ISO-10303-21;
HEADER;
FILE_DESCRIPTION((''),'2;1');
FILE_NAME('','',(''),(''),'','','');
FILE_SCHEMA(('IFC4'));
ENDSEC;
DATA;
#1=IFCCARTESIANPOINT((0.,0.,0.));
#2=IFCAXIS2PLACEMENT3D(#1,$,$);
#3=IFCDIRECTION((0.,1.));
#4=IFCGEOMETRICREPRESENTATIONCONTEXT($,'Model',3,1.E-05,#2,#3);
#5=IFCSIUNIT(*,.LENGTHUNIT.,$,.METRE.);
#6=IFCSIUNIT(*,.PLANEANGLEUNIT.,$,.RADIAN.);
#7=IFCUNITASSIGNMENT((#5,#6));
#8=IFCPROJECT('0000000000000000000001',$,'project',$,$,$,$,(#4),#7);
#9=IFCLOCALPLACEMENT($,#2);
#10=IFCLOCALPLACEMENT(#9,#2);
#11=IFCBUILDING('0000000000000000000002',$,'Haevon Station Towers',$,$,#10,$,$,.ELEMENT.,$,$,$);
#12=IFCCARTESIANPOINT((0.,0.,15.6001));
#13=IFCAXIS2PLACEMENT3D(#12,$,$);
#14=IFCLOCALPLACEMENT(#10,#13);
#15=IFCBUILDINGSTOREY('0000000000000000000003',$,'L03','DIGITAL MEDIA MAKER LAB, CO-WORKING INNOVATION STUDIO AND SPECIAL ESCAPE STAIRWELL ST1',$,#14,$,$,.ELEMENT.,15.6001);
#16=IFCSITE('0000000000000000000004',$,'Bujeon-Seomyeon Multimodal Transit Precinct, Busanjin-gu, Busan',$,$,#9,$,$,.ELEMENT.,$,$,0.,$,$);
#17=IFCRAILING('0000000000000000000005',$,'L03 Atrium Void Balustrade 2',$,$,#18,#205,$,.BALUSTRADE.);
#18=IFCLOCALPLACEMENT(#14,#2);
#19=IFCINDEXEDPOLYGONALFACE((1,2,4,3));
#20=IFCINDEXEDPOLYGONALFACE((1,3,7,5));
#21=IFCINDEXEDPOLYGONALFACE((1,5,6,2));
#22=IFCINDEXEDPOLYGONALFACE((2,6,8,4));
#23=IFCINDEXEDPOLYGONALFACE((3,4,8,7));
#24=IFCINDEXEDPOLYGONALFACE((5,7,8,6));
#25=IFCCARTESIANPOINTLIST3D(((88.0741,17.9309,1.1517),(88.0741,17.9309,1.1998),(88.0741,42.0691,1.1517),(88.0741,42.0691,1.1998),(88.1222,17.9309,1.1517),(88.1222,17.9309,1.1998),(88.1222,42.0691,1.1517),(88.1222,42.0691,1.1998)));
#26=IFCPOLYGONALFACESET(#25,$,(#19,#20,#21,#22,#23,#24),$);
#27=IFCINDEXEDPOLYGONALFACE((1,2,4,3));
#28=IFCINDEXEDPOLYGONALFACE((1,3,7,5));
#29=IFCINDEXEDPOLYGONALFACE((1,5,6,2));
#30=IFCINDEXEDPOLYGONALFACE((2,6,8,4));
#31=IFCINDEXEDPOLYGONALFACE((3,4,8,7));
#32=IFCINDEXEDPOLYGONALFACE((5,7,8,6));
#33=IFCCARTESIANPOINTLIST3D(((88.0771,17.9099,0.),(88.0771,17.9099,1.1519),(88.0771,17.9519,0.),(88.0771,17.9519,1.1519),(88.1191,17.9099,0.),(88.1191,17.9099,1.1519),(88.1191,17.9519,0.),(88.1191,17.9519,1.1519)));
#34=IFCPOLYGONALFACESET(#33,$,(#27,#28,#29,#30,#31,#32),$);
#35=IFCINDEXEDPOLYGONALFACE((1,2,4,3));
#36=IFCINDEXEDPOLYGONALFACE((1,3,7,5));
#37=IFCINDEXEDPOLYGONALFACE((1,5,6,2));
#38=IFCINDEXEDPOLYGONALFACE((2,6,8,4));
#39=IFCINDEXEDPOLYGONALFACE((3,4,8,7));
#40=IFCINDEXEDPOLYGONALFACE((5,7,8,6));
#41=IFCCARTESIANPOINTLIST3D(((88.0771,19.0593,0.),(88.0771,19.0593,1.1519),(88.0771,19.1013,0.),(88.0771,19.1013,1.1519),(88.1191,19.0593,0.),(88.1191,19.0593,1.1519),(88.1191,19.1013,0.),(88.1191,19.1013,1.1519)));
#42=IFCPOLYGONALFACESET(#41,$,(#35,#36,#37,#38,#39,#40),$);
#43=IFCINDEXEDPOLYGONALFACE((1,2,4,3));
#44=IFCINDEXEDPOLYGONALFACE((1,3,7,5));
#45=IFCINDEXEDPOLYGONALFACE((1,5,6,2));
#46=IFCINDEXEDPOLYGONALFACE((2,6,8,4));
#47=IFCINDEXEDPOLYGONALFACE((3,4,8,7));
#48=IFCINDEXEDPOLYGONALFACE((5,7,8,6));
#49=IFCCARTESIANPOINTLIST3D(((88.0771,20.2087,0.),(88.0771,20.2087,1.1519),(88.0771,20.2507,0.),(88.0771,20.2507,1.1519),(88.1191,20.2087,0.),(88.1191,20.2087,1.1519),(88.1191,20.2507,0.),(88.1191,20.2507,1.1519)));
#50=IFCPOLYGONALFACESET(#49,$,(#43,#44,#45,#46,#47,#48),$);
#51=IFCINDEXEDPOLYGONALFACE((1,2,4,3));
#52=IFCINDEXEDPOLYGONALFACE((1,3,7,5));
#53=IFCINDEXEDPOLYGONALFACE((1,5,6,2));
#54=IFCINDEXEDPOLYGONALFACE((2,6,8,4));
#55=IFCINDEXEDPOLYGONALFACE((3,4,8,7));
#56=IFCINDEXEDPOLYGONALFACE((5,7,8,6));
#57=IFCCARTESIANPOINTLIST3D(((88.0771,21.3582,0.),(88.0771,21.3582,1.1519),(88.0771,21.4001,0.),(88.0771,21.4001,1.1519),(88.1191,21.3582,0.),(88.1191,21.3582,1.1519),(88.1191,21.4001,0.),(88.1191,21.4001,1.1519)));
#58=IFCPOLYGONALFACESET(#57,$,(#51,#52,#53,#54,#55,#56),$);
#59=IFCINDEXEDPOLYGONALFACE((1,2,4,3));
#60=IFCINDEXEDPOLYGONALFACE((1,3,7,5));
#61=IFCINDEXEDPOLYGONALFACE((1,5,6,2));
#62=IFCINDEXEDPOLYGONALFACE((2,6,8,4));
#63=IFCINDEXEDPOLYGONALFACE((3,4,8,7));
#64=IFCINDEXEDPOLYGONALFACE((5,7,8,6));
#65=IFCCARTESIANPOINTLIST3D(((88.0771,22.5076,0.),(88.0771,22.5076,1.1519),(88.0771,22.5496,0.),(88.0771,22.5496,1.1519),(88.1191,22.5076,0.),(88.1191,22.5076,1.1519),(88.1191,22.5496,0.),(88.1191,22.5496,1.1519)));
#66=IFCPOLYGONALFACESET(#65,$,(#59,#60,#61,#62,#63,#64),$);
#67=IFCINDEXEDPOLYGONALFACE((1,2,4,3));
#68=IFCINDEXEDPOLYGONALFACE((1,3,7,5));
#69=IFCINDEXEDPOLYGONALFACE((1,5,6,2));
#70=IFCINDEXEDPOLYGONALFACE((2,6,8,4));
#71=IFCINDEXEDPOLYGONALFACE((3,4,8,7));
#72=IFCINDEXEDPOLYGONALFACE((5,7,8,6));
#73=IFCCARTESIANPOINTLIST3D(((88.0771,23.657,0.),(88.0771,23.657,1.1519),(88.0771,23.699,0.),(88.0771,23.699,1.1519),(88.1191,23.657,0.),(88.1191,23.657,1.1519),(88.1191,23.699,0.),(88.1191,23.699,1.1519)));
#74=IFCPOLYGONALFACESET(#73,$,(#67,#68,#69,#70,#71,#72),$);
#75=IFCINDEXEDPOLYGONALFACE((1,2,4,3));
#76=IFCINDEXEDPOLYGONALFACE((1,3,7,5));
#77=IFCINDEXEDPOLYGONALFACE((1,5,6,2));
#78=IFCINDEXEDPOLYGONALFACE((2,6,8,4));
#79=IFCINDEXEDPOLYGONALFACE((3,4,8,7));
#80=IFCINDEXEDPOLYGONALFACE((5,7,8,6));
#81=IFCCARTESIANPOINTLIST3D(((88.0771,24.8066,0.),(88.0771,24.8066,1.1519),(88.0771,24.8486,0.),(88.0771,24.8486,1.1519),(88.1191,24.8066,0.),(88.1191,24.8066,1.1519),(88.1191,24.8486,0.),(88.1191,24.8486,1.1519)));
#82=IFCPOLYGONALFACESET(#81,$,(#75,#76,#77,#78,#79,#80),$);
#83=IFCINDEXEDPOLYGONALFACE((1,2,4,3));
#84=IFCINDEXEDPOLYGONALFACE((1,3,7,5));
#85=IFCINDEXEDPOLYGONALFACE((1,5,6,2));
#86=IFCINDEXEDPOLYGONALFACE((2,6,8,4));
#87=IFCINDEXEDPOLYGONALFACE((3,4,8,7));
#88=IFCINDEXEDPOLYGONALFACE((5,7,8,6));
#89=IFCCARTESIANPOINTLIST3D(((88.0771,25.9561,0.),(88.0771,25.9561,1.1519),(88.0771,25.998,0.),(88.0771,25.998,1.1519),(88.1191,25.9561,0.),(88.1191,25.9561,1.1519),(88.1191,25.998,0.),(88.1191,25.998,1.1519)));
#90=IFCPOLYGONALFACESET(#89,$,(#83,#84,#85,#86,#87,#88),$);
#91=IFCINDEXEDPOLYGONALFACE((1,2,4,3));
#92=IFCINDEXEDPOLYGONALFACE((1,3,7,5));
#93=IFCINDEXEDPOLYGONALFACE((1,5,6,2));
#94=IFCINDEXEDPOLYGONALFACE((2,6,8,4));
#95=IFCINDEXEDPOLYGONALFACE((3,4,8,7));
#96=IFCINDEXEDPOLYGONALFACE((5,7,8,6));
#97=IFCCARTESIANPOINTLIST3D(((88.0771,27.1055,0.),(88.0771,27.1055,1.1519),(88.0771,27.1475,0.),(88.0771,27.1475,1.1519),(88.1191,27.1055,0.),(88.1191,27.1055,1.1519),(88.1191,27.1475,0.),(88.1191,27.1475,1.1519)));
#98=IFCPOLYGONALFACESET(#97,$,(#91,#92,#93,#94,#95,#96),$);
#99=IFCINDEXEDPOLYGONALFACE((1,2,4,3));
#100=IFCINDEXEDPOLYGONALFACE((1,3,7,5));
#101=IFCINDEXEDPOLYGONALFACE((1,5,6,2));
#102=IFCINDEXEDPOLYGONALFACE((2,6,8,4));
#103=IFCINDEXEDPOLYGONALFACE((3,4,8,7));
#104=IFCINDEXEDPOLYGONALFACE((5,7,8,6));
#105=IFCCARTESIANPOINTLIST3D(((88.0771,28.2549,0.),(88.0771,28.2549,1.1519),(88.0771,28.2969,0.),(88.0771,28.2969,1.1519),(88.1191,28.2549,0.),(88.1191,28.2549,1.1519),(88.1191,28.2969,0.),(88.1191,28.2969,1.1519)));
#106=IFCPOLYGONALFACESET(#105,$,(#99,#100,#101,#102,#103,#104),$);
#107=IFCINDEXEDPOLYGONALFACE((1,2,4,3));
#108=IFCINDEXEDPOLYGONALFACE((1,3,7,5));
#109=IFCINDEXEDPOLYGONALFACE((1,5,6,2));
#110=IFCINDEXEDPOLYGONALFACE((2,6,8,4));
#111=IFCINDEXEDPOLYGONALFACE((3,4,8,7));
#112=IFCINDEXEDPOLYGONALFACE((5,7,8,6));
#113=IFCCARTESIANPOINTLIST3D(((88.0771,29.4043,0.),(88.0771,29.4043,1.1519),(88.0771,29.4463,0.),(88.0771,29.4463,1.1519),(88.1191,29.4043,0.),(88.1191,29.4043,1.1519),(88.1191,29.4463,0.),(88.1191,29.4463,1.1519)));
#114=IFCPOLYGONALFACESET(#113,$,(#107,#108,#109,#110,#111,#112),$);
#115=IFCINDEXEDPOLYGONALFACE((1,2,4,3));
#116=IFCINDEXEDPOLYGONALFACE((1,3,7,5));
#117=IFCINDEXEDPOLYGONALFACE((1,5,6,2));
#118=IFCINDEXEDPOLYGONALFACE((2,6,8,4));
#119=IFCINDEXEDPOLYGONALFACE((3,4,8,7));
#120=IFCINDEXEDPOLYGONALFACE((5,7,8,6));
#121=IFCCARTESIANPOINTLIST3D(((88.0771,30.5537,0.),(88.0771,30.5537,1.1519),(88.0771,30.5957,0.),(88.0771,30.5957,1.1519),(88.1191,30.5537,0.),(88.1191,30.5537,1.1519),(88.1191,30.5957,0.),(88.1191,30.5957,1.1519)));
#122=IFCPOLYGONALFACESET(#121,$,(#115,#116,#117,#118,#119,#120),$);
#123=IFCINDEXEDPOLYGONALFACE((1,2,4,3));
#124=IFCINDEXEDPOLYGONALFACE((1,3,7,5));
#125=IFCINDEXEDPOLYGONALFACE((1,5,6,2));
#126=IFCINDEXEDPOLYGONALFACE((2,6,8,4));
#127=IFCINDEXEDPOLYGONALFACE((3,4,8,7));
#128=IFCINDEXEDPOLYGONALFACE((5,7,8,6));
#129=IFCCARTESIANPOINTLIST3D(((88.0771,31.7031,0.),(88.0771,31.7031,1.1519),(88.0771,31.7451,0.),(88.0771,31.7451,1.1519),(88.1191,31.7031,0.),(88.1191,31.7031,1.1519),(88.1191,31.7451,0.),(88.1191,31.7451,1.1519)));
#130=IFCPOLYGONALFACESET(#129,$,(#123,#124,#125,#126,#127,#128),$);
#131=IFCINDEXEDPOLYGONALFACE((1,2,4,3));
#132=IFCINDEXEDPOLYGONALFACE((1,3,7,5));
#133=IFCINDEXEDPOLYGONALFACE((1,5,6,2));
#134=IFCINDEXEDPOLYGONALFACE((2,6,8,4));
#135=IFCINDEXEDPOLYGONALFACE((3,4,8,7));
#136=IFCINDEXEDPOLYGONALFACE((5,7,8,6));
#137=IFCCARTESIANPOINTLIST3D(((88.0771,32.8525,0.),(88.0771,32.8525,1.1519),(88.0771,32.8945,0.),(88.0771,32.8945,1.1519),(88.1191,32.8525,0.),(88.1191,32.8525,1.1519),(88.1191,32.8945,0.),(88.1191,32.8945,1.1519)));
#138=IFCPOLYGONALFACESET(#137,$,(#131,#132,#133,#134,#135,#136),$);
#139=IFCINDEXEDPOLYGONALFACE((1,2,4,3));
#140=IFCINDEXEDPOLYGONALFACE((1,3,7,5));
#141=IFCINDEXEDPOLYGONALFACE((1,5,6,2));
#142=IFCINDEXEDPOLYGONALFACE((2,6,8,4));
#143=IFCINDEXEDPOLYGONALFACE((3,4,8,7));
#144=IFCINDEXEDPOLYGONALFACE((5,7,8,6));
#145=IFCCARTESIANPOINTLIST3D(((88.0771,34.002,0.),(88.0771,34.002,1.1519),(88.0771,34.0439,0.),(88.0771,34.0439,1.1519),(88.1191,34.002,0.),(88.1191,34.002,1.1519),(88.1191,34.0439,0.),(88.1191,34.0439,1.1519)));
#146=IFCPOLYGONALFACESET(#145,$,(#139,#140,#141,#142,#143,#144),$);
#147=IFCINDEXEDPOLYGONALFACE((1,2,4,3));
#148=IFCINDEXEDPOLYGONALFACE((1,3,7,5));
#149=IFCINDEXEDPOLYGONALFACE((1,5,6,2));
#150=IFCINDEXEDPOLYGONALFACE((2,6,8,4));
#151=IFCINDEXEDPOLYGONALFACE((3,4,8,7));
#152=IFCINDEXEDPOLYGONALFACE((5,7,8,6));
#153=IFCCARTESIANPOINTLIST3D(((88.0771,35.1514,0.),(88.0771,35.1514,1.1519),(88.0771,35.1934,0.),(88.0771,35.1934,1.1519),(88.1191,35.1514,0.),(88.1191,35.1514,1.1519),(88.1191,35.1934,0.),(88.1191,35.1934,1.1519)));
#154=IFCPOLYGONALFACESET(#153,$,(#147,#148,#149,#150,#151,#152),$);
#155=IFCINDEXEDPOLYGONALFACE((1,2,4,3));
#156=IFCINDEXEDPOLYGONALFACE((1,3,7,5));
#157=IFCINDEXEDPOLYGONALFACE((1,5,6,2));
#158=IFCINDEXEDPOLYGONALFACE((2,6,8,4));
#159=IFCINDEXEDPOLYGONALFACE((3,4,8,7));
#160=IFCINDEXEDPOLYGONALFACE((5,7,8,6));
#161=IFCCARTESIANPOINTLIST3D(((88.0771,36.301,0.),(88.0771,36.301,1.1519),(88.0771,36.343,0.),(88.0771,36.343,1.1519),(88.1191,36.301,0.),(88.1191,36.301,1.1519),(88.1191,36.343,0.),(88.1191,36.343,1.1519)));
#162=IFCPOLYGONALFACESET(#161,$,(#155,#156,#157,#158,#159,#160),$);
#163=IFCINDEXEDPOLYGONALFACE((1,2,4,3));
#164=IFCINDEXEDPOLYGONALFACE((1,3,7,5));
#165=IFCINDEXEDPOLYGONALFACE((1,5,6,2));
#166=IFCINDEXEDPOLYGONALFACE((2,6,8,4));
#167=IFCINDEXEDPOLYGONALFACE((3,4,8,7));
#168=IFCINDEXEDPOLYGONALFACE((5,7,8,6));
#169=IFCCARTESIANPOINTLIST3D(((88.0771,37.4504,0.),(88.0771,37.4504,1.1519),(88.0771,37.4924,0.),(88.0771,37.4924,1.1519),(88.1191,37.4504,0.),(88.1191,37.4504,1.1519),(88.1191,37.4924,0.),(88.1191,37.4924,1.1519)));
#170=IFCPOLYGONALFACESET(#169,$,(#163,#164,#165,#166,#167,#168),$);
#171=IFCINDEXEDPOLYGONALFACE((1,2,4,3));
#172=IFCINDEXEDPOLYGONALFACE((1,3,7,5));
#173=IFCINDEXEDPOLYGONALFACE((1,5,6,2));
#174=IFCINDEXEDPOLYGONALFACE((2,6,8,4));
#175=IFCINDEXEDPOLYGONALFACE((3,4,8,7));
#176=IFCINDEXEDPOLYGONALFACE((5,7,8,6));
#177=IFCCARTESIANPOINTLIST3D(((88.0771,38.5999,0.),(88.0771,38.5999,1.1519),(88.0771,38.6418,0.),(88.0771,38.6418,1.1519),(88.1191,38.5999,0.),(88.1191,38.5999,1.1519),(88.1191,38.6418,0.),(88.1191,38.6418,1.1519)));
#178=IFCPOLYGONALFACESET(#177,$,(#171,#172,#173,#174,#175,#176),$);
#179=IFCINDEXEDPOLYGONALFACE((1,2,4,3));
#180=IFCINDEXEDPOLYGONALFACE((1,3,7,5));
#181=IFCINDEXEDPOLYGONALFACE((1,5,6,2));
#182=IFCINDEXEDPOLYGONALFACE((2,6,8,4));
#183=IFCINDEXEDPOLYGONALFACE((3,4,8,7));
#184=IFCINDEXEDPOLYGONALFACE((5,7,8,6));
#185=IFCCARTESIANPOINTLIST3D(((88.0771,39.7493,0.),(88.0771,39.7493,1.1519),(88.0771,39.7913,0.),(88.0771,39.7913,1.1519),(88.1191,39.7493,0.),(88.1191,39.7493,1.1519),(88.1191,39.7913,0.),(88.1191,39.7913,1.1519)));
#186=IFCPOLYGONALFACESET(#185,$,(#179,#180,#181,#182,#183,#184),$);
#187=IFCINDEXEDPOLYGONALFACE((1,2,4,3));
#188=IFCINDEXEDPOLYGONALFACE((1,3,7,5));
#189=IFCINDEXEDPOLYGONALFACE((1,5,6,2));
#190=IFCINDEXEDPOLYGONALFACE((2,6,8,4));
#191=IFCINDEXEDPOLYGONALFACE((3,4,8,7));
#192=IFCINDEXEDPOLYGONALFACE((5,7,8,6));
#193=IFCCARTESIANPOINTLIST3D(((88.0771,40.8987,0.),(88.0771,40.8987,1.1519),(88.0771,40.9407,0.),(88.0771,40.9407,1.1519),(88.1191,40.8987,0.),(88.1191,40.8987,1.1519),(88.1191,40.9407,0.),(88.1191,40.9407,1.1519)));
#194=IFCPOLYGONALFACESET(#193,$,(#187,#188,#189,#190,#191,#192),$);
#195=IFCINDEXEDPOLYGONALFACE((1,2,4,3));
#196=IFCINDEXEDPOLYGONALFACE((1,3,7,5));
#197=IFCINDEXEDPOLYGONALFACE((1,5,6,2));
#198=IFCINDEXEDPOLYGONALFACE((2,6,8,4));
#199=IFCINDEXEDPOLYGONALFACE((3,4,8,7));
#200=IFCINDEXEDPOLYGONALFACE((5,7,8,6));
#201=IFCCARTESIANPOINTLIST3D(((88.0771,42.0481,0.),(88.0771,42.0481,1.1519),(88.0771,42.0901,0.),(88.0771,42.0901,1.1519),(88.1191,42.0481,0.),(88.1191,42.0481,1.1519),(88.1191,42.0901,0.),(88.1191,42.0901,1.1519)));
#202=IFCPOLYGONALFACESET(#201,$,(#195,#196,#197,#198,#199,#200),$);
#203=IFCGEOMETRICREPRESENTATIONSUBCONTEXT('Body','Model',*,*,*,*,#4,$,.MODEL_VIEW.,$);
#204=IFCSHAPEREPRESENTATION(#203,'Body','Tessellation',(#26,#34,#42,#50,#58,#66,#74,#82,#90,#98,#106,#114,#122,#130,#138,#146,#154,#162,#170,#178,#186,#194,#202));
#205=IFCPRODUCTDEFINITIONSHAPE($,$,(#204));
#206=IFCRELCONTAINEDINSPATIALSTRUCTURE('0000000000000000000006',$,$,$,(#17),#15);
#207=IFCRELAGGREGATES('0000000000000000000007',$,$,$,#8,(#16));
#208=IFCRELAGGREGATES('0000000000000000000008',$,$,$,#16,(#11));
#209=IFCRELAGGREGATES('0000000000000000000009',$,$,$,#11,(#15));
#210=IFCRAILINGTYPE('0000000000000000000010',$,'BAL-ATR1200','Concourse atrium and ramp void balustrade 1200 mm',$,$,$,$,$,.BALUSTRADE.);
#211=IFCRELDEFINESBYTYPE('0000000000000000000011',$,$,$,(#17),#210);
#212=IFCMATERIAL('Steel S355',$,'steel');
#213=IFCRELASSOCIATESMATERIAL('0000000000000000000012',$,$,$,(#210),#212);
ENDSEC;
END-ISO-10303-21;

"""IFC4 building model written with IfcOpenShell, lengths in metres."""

from ifc_helpers import new_model, si_unit, direction, frame, origin, origin_2d, place, context, subcontext, project, spatial, rectangle, extrude, material, type_object, element, save


model = new_model("IFC4")

# Units and contexts
model_context = context("Model", 3, precision=1e-05, world=origin(), true_north=direction((0.0, 1.0)))
body_context = subcontext(model_context, "Body", "Model", "MODEL_VIEW")
ifc_project = project(units=[si_unit("LENGTHUNIT", "METRE"), si_unit("PLANEANGLEUNIT", "RADIAN")], contexts=[model_context])

# Site, building, storey
site_placement = place(None, origin())
site = spatial("IfcSite", under=ifc_project, at=site_placement, Name="Bujeon-Seomyeon Multimodal Transit Precinct, Busanjin-gu, Busan", CompositionType="ELEMENT", RefElevation=0.0)
building_placement = place(site_placement, origin())
building = spatial("IfcBuilding", under=site, at=building_placement, Name="Haevon Station Towers", CompositionType="ELEMENT")
storey_placement = place(building_placement, frame((0.0, 0.0, 15.6001)))
storey = spatial("IfcBuildingStorey", under=building, at=storey_placement, Name="L03", Description="DIGITAL MEDIA MAKER LAB, CO-WORKING INNOVATION STUDIO AND SPECIAL ESCAPE STAIRWELL ST1", CompositionType="ELEMENT", Elevation=15.6001)

# Shared definitions
ifc_material_1 = material(Name="Steel S355", Category="steel")

# Railing
railing_type = type_object("IfcRailingType", Name="BAL-ATR1200", Description="Concourse atrium and ramp void balustrade 1200 mm", PredefinedType="BALUSTRADE", material=ifc_material_1)
railing_placement = place(storey_placement, frame((88.0981, 17.9309, 0.0)))
element("IfcRailing", 1, at=railing_placement, inside=storey, type_object=railing_type, Name="L03 Atrium Void Balustrade 2", PredefinedType="BALUSTRADE", context=body_context, shape_type="SweptSolid", body=[
    extrude(rectangle(XDim=0.0481, YDim=0.0481, at=origin_2d()), frame((0.0, 0.0, 1.1758), z_axis=(0.0, 1.0, 0.0), x_axis=(-1.0, 0.0, 0.0)), (0.0, 0.0, 1.0), 24.1382),
    extrude(rectangle(XDim=0.042, YDim=0.042, at=origin_2d()), origin(), (0.0, 0.0, 1.0), 1.1519),
    extrude(rectangle(XDim=0.042, YDim=0.042, at=origin_2d()), frame((0.0, 1.1494, 0.0)), (0.0, 0.0, 1.0), 1.1519),
    extrude(rectangle(XDim=0.042, YDim=0.042, at=origin_2d()), frame((0.0, 2.2988, 0.0)), (0.0, 0.0, 1.0), 1.1519),
    extrude(rectangle(XDim=0.042, YDim=0.042, at=origin_2d()), frame((0.0, 3.4482, 0.0)), (0.0, 0.0, 1.0), 1.1519),
    extrude(rectangle(XDim=0.042, YDim=0.042, at=origin_2d()), frame((0.0, 4.5977, 0.0)), (0.0, 0.0, 1.0), 1.1519),
    extrude(rectangle(XDim=0.042, YDim=0.042, at=origin_2d()), frame((0.0, 5.7471, 0.0)), (0.0, 0.0, 1.0), 1.1519),
    extrude(rectangle(XDim=0.042, YDim=0.042, at=origin_2d()), frame((0.0, 6.8967, 0.0)), (0.0, 0.0, 1.0), 1.1519),
    extrude(rectangle(XDim=0.042, YDim=0.042, at=origin_2d()), frame((0.0, 8.0461, 0.0)), (0.0, 0.0, 1.0), 1.1519),
    extrude(rectangle(XDim=0.042, YDim=0.042, at=origin_2d()), frame((0.0, 9.1956, 0.0)), (0.0, 0.0, 1.0), 1.1519),
    extrude(rectangle(XDim=0.042, YDim=0.042, at=origin_2d()), frame((0.0, 10.345, 0.0)), (0.0, 0.0, 1.0), 1.1519),
    extrude(rectangle(XDim=0.042, YDim=0.042, at=origin_2d()), frame((0.0, 11.4944, 0.0)), (0.0, 0.0, 1.0), 1.1519),
    extrude(rectangle(XDim=0.042, YDim=0.042, at=origin_2d()), frame((0.0, 12.6438, 0.0)), (0.0, 0.0, 1.0), 1.1519),
    extrude(rectangle(XDim=0.042, YDim=0.042, at=origin_2d()), frame((0.0, 13.7932, 0.0)), (0.0, 0.0, 1.0), 1.1519),
    extrude(rectangle(XDim=0.042, YDim=0.042, at=origin_2d()), frame((0.0, 14.9426, 0.0)), (0.0, 0.0, 1.0), 1.1519),
    extrude(rectangle(XDim=0.042, YDim=0.042, at=origin_2d()), frame((0.0, 16.092, 0.0)), (0.0, 0.0, 1.0), 1.1519),
    extrude(rectangle(XDim=0.042, YDim=0.042, at=origin_2d()), frame((0.0, 17.2415, 0.0)), (0.0, 0.0, 1.0), 1.1519),
    extrude(rectangle(XDim=0.042, YDim=0.042, at=origin_2d()), frame((0.0, 18.3911, 0.0)), (0.0, 0.0, 1.0), 1.1519),
    extrude(rectangle(XDim=0.042, YDim=0.042, at=origin_2d()), frame((0.0, 19.5405, 0.0)), (0.0, 0.0, 1.0), 1.1519),
    extrude(rectangle(XDim=0.042, YDim=0.042, at=origin_2d()), frame((0.0, 20.6899, 0.0)), (0.0, 0.0, 1.0), 1.1519),
    extrude(rectangle(XDim=0.042, YDim=0.042, at=origin_2d()), frame((0.0, 21.8394, 0.0)), (0.0, 0.0, 1.0), 1.1519),
    extrude(rectangle(XDim=0.042, YDim=0.042, at=origin_2d()), frame((0.0, 22.9888, 0.0)), (0.0, 0.0, 1.0), 1.1519),
    extrude(rectangle(XDim=0.042, YDim=0.042, at=origin_2d()), frame((0.0, 24.1382, 0.0)), (0.0, 0.0, 1.0), 1.1519),
])

save(model, "model.ifc")
